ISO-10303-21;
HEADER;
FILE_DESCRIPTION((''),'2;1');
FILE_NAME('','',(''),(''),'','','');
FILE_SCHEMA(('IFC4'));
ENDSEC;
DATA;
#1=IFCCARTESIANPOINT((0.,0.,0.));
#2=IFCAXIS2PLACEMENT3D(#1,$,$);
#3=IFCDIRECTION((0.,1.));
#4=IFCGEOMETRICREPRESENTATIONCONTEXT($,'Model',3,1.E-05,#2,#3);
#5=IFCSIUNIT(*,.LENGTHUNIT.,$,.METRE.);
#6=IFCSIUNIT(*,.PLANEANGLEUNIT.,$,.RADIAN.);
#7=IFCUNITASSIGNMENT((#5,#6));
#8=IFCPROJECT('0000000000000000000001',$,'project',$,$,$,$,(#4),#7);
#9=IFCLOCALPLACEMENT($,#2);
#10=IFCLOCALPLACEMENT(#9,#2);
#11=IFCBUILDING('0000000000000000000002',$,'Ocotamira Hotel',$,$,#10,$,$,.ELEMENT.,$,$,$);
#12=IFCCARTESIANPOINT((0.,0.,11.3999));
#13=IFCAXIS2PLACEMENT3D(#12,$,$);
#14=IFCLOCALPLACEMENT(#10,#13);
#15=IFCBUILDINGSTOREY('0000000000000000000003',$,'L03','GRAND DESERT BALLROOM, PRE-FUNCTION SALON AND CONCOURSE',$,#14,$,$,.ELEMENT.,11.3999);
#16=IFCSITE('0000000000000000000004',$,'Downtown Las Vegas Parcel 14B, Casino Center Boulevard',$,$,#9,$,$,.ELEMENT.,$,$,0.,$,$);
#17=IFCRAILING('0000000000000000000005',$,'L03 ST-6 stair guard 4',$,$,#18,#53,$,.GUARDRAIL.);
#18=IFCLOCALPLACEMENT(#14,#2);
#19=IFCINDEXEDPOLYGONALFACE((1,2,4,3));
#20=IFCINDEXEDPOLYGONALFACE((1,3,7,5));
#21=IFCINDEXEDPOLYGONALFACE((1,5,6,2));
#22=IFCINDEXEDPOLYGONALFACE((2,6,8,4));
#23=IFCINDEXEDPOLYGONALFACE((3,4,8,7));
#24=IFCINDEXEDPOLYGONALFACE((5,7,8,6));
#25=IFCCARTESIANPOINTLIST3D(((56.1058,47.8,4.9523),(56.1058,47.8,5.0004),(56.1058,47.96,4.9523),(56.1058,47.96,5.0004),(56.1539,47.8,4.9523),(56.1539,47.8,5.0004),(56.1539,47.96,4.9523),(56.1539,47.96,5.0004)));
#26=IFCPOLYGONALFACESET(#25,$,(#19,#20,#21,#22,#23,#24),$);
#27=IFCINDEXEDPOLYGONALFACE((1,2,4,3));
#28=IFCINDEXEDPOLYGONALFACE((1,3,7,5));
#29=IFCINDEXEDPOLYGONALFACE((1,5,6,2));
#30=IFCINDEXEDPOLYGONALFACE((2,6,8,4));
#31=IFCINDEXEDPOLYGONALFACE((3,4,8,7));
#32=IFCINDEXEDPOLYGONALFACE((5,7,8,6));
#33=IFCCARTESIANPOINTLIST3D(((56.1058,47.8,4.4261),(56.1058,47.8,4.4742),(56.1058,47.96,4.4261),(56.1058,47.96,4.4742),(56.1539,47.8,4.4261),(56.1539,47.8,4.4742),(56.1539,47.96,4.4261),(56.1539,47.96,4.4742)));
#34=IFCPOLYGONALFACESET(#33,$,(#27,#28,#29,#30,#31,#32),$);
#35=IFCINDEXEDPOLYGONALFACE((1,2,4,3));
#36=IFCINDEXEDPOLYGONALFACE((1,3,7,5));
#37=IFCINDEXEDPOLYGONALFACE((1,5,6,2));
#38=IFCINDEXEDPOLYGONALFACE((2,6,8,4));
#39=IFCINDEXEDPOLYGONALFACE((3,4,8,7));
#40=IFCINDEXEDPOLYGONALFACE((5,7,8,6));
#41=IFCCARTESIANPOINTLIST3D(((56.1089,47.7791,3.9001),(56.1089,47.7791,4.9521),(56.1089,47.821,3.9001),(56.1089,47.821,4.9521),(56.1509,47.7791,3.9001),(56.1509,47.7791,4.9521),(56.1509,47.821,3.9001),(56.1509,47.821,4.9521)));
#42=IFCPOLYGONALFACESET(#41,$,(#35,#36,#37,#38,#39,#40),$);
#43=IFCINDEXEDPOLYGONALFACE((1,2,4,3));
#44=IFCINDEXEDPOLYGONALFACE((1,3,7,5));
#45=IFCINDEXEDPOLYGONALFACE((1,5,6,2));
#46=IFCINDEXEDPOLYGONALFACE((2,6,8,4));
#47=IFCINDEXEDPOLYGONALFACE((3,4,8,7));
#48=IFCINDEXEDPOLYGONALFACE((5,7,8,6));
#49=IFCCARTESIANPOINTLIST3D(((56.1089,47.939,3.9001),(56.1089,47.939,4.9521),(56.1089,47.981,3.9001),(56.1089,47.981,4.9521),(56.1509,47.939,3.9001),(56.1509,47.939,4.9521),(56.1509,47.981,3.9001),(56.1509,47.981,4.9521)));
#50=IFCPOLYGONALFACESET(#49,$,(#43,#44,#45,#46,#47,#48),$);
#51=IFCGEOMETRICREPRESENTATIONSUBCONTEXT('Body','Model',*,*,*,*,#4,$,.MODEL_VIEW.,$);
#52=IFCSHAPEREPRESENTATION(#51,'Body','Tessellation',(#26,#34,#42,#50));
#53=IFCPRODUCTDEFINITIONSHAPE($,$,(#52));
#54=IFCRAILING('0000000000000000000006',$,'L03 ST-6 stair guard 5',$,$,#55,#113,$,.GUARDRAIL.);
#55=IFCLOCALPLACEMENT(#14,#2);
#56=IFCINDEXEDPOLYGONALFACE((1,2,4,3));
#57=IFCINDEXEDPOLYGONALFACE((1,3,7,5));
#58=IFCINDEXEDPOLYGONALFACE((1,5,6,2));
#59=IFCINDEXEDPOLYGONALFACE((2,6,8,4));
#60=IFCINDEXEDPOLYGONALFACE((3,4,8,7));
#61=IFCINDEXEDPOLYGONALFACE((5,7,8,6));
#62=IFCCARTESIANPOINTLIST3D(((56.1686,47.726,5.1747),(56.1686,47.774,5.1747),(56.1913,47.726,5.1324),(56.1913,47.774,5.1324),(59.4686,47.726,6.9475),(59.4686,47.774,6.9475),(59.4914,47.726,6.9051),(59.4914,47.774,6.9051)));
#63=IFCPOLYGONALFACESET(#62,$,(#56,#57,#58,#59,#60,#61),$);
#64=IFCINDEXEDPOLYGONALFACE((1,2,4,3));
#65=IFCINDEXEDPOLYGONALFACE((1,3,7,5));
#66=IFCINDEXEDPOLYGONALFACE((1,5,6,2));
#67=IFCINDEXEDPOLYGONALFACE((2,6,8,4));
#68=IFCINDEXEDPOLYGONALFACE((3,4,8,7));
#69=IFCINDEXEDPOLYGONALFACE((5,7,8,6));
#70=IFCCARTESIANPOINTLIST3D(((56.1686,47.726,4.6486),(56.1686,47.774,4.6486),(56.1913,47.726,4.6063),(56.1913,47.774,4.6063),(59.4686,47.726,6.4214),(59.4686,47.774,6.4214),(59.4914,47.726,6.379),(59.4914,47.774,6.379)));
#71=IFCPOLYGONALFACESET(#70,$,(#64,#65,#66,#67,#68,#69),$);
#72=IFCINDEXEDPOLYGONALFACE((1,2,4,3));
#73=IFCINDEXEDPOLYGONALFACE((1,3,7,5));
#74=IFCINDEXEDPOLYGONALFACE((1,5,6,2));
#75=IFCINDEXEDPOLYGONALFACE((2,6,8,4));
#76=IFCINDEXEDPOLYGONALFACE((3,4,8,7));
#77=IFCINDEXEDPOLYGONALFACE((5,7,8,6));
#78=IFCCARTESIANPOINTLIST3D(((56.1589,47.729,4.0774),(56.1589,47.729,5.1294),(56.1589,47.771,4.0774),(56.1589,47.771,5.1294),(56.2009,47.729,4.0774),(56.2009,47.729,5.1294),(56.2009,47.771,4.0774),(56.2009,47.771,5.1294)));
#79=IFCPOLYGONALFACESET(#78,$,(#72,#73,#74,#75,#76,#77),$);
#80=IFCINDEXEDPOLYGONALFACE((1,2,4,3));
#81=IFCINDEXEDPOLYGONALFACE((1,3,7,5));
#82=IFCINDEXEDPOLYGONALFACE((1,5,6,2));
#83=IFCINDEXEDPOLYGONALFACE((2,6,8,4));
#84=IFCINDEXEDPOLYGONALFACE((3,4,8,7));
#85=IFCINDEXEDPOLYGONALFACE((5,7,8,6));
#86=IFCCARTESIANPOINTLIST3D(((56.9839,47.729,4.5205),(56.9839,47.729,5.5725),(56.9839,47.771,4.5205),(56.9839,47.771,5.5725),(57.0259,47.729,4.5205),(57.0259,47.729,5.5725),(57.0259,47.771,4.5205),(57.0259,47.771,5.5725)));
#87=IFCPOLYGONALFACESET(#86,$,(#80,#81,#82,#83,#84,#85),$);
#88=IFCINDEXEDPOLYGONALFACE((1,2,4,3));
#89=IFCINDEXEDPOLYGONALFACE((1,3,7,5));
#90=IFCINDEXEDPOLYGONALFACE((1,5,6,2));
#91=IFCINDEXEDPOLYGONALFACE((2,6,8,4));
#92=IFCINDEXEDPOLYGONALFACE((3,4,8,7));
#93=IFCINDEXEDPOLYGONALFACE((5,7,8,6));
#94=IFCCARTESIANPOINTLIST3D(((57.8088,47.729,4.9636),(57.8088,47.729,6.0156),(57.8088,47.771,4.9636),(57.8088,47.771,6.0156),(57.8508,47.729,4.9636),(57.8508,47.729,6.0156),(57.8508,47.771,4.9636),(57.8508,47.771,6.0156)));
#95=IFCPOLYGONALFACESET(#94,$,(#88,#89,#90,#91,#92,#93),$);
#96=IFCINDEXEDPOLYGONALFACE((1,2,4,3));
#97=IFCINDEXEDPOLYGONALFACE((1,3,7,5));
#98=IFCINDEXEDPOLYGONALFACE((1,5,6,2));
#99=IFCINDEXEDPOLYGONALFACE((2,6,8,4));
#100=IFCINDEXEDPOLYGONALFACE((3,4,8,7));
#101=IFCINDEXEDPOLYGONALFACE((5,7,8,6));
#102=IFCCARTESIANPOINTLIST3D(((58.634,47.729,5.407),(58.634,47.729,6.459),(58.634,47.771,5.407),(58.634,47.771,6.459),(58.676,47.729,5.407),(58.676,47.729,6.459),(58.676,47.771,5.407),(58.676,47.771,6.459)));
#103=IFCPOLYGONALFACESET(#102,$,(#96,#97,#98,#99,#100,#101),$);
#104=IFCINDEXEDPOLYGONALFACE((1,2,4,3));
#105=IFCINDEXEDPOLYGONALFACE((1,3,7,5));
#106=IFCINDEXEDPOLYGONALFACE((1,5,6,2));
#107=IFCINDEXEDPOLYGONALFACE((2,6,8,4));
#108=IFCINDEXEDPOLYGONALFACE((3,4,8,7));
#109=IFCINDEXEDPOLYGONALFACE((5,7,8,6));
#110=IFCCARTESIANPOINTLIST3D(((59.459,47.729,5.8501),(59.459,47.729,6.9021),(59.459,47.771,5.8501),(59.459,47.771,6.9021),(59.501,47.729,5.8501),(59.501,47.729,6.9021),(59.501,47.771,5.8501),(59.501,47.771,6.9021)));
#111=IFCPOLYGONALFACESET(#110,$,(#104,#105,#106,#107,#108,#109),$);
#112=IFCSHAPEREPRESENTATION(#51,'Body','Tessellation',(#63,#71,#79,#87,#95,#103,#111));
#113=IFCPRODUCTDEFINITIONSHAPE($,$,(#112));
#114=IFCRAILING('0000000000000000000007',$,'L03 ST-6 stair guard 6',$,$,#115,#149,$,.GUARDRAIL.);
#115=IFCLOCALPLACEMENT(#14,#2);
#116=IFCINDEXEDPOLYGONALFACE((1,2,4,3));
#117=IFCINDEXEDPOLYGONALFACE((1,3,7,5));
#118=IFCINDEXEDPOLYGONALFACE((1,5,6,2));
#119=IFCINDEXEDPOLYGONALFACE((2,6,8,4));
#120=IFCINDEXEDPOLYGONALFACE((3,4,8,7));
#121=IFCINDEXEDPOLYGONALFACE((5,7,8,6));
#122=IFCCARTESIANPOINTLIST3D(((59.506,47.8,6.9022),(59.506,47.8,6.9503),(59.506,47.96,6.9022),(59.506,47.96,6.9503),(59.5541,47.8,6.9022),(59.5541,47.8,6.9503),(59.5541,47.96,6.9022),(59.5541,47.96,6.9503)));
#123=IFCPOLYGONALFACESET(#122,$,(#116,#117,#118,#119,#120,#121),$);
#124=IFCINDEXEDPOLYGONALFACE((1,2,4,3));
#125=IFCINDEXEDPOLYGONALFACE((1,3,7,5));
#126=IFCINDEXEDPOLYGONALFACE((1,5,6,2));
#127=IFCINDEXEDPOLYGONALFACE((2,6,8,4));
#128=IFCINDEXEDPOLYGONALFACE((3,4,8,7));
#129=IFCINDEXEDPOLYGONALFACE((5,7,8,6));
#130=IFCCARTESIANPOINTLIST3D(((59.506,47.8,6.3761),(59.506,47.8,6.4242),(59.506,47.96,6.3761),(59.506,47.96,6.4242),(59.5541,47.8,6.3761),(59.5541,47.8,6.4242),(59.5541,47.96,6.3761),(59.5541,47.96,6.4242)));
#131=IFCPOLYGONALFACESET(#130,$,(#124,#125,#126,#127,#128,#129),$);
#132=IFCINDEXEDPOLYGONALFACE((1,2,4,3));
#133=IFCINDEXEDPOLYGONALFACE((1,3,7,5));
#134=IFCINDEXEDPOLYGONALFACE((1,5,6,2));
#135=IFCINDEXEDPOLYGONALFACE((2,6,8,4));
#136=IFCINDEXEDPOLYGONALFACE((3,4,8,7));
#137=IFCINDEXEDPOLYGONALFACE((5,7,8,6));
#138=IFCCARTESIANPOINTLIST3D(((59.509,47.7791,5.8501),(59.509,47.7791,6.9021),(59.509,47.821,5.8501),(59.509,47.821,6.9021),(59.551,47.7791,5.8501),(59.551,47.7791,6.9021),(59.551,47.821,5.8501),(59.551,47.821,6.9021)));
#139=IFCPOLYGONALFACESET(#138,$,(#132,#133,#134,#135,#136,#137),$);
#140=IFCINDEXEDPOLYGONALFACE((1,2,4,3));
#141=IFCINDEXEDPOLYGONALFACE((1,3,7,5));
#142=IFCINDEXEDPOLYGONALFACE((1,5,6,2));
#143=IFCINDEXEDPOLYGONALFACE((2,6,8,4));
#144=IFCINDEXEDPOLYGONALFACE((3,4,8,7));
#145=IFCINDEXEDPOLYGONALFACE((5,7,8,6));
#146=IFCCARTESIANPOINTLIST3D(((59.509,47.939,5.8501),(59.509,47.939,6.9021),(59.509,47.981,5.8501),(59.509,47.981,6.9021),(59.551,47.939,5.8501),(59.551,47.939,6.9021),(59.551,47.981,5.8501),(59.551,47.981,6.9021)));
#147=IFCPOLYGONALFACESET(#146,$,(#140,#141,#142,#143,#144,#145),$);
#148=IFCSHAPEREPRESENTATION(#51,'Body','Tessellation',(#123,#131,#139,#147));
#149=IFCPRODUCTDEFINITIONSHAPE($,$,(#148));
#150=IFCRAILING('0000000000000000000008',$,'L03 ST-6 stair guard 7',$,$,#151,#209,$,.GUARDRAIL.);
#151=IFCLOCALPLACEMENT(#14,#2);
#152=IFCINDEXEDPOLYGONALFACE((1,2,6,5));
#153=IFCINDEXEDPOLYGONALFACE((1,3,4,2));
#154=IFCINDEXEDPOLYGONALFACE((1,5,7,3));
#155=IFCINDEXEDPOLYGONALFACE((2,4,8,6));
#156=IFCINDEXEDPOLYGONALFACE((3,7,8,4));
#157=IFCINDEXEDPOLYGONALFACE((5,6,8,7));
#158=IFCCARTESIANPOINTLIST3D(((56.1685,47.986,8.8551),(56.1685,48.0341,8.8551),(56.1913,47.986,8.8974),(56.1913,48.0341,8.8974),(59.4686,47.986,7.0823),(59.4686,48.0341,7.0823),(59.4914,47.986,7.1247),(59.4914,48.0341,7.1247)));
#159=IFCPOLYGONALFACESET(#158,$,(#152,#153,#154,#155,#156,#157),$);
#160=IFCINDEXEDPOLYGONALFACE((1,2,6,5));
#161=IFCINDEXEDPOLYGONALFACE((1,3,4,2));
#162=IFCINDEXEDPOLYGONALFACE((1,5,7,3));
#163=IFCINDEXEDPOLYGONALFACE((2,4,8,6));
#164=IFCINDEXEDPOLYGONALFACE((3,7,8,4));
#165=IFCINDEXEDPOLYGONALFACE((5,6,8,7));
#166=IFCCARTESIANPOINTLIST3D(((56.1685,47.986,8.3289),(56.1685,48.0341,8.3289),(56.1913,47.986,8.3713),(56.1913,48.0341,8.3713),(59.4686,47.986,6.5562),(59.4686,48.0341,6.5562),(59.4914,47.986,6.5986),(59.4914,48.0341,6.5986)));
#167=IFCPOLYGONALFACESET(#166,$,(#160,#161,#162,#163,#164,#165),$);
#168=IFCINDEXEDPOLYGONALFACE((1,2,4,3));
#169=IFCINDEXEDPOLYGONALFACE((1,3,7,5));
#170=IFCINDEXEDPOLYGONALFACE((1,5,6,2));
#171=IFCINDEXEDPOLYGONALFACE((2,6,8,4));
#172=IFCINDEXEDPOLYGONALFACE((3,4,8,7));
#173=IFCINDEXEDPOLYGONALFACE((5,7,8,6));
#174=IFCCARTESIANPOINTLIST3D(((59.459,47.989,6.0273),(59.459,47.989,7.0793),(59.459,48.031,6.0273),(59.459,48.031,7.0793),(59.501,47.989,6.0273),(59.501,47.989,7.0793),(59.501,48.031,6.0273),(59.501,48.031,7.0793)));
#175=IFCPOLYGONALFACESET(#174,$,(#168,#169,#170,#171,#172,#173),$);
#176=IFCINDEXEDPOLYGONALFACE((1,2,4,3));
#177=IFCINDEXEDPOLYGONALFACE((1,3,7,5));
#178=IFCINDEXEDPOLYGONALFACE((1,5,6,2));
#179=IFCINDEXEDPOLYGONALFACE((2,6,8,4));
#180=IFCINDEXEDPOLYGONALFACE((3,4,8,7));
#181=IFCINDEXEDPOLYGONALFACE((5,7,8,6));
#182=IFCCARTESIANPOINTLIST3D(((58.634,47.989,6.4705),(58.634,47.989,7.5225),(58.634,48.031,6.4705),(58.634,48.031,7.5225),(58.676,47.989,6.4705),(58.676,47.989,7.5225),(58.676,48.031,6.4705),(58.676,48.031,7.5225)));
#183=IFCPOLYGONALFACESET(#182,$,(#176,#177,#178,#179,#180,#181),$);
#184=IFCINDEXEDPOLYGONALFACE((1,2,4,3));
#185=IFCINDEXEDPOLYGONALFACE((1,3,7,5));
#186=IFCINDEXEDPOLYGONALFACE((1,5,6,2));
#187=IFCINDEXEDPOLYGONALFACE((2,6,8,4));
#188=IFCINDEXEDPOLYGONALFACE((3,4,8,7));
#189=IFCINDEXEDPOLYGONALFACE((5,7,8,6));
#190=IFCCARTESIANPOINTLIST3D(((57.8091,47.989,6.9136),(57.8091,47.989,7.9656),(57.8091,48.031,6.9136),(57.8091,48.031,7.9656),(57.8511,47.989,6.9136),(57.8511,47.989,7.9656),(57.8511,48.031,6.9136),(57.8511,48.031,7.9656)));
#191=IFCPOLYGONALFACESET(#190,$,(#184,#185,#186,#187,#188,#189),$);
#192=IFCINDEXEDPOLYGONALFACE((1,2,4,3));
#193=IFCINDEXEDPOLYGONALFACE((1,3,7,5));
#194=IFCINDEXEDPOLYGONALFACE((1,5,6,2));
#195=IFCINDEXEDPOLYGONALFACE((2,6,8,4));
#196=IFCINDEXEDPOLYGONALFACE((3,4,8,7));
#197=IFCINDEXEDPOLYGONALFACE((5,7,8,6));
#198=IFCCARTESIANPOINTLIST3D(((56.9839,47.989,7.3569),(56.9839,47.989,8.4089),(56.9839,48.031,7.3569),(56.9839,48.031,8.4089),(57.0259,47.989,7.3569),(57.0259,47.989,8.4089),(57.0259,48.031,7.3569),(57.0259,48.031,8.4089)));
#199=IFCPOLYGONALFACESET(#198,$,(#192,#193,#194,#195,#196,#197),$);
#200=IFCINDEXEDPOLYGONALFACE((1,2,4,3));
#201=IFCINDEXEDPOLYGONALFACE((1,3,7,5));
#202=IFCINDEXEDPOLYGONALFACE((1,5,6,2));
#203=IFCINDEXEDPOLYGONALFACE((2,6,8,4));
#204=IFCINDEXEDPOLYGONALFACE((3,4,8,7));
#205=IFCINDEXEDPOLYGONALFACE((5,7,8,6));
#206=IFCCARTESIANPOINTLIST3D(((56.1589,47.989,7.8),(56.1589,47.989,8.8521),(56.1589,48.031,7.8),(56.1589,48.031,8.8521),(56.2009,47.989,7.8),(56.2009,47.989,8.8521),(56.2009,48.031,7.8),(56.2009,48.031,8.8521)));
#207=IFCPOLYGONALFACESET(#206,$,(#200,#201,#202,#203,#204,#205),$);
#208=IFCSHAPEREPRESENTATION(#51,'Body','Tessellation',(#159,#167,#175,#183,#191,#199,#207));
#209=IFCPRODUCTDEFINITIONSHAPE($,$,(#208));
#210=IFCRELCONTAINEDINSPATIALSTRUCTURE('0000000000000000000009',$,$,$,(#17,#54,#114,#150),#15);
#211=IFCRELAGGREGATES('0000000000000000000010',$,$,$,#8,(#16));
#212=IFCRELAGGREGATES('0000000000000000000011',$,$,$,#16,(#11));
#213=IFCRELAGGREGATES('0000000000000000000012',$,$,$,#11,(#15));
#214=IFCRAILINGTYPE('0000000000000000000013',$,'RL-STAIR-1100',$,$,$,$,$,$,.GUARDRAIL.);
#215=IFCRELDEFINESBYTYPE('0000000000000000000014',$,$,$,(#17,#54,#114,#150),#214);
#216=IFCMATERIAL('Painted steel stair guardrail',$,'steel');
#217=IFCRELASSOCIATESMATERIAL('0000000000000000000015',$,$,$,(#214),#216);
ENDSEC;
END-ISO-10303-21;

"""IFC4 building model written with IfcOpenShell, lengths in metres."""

from ifc_helpers import new_model, si_unit, direction, frame, origin, origin_2d, place, context, subcontext, project, spatial, rectangle, extrude, material, type_object, element, save


model = new_model("IFC4")

# Units and contexts
model_context = context("Model", 3, precision=1e-05, world=origin(), true_north=direction((0.0, 1.0)))
body_context = subcontext(model_context, "Body", "Model", "MODEL_VIEW")
ifc_project = project(units=[si_unit("LENGTHUNIT", "METRE"), si_unit("PLANEANGLEUNIT", "RADIAN")], contexts=[model_context])

# Site, building, storey
site_placement = place(None, origin())
site = spatial("IfcSite", under=ifc_project, at=site_placement, Name="Downtown Las Vegas Parcel 14B, Casino Center Boulevard", CompositionType="ELEMENT", RefElevation=0.0)
building_placement = place(site_placement, origin())
building = spatial("IfcBuilding", under=site, at=building_placement, Name="Ocotamira Hotel", CompositionType="ELEMENT")
storey_placement = place(building_placement, frame((0.0, 0.0, 11.3999)))
storey = spatial("IfcBuildingStorey", under=building, at=storey_placement, Name="L03", Description="GRAND DESERT BALLROOM, PRE-FUNCTION SALON AND CONCOURSE", CompositionType="ELEMENT", Elevation=11.3999)

# Railings
ifc_material_1 = material(Name="Painted steel stair guardrail", Category="steel")
railing_type_1 = type_object("IfcRailingType", Name="RL-STAIR-1100", PredefinedType="GUARDRAIL", material=ifc_material_1)
railing_1_placement = place(storey_placement, frame((56.1299, 47.8, 3.9001)))
element("IfcRailing", 1, at=railing_1_placement, inside=storey, type_object=railing_type_1, Name="L03 ST-6 stair guard 4", PredefinedType="GUARDRAIL", context=body_context, shape_type="SweptSolid", body=[
    extrude(rectangle(XDim=0.0481, YDim=0.0481, at=origin_2d()), frame((0.0, 0.0, 1.0762), z_axis=(0.0, 1.0, 0.0), x_axis=(-1.0, 0.0, 0.0)), (0.0, 0.0, 1.0), 0.1599),
    extrude(rectangle(XDim=0.0481, YDim=0.0481, at=origin_2d()), frame((0.0, 0.0, 0.55), z_axis=(0.0, 1.0, 0.0), x_axis=(-1.0, 0.0, 0.0)), (0.0, 0.0, 1.0), 0.1599),
    extrude(rectangle(XDim=0.042, YDim=0.042, at=origin_2d()), origin(), (0.0, 0.0, 1.0), 1.052),
    extrude(rectangle(XDim=0.042, YDim=0.042, at=origin_2d()), frame((0.0, 0.1599, 0.0)), (0.0, 0.0, 1.0), 1.052),
])
railing_2_placement = place(storey_placement, frame((56.1799, 47.75, 4.0774)))
element("IfcRailing", 2, at=railing_2_placement, inside=storey, type_object=railing_type_1, Name="L03 ST-6 stair guard 5", PredefinedType="GUARDRAIL", context=body_context, shape_type="SweptSolid", body=[
    extrude(rectangle(XDim=0.0481, YDim=0.0481, at=origin_2d()), frame((0.0, 0.0, 1.0762), z_axis=(0.880944, 0.0, 0.473221), x_axis=(0.0, 1.0, 0.0)), (0.0, 0.0, 1.0), 3.7461),
    extrude(rectangle(XDim=0.0481, YDim=0.0481, at=origin_2d()), frame((0.0, 0.0, 0.55), z_axis=(0.880944, 0.0, 0.473221), x_axis=(0.0, 1.0, 0.0)), (0.0, 0.0, 1.0), 3.7461),
    extrude(rectangle(XDim=0.042, YDim=0.042, at=origin_2d()), origin(), (0.0, 0.0, 1.0), 1.052),
    extrude(rectangle(XDim=0.042, YDim=0.042, at=origin_2d()), frame((0.825, 0.0, 0.4431)), (0.0, 0.0, 1.0), 1.052),
    extrude(rectangle(XDim=0.042, YDim=0.042, at=origin_2d()), frame((1.6499, 0.0, 0.8862)), (0.0, 0.0, 1.0), 1.052),
    extrude(rectangle(XDim=0.042, YDim=0.042, at=origin_2d()), frame((2.4751, 0.0, 1.3296)), (0.0, 0.0, 1.0), 1.052),
    extrude(rectangle(XDim=0.042, YDim=0.042, at=origin_2d()), frame((3.3, 0.0, 1.7727)), (0.0, 0.0, 1.0), 1.052),
])
railing_3_placement = place(storey_placement, frame((59.53, 47.8, 5.8501)))
element("IfcRailing", 3, at=railing_3_placement, inside=storey, type_object=railing_type_1, Name="L03 ST-6 stair guard 6", PredefinedType="GUARDRAIL", context=body_context, shape_type="SweptSolid", body=[
    extrude(rectangle(XDim=0.0481, YDim=0.0481, at=origin_2d()), frame((0.0, 0.0, 1.0762), z_axis=(0.0, 1.0, 0.0), x_axis=(-1.0, 0.0, 0.0)), (0.0, 0.0, 1.0), 0.1599),
    extrude(rectangle(XDim=0.0481, YDim=0.0481, at=origin_2d()), frame((0.0, 0.0, 0.55), z_axis=(0.0, 1.0, 0.0), x_axis=(-1.0, 0.0, 0.0)), (0.0, 0.0, 1.0), 0.1599),
    extrude(rectangle(XDim=0.042, YDim=0.042, at=origin_2d()), origin(), (0.0, 0.0, 1.0), 1.052),
    extrude(rectangle(XDim=0.042, YDim=0.042, at=origin_2d()), frame((0.0, 0.1599, 0.0)), (0.0, 0.0, 1.0), 1.052),
])
railing_4_placement = place(storey_placement, frame((59.48, 48.01, 6.0273)))
element("IfcRailing", 4, at=railing_4_placement, inside=storey, type_object=railing_type_1, Name="L03 ST-6 stair guard 7", PredefinedType="GUARDRAIL", context=body_context, shape_type="SweptSolid", body=[
    extrude(rectangle(XDim=0.0481, YDim=0.0481, at=origin_2d()), frame((0.0, 0.0, 1.0762), z_axis=(-0.880944, 0.0, 0.473221), x_axis=(0.0, -1.0, 0.0)), (0.0, 0.0, 1.0), 3.7461),
    extrude(rectangle(XDim=0.0481, YDim=0.0481, at=origin_2d()), frame((0.0, 0.0, 0.55), z_axis=(-0.880944, 0.0, 0.473221), x_axis=(0.0, -1.0, 0.0)), (0.0, 0.0, 1.0), 3.7461),
    extrude(rectangle(XDim=0.042, YDim=0.042, at=origin_2d()), origin(), (0.0, 0.0, 1.0), 1.052),
    extrude(rectangle(XDim=0.042, YDim=0.042, at=origin_2d()), frame((-0.825, 0.0, 0.4431)), (0.0, 0.0, 1.0), 1.052),
    extrude(rectangle(XDim=0.042, YDim=0.042, at=origin_2d()), frame((-1.6499, 0.0, 0.8862)), (0.0, 0.0, 1.0), 1.052),
    extrude(rectangle(XDim=0.042, YDim=0.042, at=origin_2d()), frame((-2.4751, 0.0, 1.3296)), (0.0, 0.0, 1.0), 1.052),
    extrude(rectangle(XDim=0.042, YDim=0.042, at=origin_2d()), frame((-3.3, 0.0, 1.7727)), (0.0, 0.0, 1.0), 1.052),
])

save(model, "model.ifc")
